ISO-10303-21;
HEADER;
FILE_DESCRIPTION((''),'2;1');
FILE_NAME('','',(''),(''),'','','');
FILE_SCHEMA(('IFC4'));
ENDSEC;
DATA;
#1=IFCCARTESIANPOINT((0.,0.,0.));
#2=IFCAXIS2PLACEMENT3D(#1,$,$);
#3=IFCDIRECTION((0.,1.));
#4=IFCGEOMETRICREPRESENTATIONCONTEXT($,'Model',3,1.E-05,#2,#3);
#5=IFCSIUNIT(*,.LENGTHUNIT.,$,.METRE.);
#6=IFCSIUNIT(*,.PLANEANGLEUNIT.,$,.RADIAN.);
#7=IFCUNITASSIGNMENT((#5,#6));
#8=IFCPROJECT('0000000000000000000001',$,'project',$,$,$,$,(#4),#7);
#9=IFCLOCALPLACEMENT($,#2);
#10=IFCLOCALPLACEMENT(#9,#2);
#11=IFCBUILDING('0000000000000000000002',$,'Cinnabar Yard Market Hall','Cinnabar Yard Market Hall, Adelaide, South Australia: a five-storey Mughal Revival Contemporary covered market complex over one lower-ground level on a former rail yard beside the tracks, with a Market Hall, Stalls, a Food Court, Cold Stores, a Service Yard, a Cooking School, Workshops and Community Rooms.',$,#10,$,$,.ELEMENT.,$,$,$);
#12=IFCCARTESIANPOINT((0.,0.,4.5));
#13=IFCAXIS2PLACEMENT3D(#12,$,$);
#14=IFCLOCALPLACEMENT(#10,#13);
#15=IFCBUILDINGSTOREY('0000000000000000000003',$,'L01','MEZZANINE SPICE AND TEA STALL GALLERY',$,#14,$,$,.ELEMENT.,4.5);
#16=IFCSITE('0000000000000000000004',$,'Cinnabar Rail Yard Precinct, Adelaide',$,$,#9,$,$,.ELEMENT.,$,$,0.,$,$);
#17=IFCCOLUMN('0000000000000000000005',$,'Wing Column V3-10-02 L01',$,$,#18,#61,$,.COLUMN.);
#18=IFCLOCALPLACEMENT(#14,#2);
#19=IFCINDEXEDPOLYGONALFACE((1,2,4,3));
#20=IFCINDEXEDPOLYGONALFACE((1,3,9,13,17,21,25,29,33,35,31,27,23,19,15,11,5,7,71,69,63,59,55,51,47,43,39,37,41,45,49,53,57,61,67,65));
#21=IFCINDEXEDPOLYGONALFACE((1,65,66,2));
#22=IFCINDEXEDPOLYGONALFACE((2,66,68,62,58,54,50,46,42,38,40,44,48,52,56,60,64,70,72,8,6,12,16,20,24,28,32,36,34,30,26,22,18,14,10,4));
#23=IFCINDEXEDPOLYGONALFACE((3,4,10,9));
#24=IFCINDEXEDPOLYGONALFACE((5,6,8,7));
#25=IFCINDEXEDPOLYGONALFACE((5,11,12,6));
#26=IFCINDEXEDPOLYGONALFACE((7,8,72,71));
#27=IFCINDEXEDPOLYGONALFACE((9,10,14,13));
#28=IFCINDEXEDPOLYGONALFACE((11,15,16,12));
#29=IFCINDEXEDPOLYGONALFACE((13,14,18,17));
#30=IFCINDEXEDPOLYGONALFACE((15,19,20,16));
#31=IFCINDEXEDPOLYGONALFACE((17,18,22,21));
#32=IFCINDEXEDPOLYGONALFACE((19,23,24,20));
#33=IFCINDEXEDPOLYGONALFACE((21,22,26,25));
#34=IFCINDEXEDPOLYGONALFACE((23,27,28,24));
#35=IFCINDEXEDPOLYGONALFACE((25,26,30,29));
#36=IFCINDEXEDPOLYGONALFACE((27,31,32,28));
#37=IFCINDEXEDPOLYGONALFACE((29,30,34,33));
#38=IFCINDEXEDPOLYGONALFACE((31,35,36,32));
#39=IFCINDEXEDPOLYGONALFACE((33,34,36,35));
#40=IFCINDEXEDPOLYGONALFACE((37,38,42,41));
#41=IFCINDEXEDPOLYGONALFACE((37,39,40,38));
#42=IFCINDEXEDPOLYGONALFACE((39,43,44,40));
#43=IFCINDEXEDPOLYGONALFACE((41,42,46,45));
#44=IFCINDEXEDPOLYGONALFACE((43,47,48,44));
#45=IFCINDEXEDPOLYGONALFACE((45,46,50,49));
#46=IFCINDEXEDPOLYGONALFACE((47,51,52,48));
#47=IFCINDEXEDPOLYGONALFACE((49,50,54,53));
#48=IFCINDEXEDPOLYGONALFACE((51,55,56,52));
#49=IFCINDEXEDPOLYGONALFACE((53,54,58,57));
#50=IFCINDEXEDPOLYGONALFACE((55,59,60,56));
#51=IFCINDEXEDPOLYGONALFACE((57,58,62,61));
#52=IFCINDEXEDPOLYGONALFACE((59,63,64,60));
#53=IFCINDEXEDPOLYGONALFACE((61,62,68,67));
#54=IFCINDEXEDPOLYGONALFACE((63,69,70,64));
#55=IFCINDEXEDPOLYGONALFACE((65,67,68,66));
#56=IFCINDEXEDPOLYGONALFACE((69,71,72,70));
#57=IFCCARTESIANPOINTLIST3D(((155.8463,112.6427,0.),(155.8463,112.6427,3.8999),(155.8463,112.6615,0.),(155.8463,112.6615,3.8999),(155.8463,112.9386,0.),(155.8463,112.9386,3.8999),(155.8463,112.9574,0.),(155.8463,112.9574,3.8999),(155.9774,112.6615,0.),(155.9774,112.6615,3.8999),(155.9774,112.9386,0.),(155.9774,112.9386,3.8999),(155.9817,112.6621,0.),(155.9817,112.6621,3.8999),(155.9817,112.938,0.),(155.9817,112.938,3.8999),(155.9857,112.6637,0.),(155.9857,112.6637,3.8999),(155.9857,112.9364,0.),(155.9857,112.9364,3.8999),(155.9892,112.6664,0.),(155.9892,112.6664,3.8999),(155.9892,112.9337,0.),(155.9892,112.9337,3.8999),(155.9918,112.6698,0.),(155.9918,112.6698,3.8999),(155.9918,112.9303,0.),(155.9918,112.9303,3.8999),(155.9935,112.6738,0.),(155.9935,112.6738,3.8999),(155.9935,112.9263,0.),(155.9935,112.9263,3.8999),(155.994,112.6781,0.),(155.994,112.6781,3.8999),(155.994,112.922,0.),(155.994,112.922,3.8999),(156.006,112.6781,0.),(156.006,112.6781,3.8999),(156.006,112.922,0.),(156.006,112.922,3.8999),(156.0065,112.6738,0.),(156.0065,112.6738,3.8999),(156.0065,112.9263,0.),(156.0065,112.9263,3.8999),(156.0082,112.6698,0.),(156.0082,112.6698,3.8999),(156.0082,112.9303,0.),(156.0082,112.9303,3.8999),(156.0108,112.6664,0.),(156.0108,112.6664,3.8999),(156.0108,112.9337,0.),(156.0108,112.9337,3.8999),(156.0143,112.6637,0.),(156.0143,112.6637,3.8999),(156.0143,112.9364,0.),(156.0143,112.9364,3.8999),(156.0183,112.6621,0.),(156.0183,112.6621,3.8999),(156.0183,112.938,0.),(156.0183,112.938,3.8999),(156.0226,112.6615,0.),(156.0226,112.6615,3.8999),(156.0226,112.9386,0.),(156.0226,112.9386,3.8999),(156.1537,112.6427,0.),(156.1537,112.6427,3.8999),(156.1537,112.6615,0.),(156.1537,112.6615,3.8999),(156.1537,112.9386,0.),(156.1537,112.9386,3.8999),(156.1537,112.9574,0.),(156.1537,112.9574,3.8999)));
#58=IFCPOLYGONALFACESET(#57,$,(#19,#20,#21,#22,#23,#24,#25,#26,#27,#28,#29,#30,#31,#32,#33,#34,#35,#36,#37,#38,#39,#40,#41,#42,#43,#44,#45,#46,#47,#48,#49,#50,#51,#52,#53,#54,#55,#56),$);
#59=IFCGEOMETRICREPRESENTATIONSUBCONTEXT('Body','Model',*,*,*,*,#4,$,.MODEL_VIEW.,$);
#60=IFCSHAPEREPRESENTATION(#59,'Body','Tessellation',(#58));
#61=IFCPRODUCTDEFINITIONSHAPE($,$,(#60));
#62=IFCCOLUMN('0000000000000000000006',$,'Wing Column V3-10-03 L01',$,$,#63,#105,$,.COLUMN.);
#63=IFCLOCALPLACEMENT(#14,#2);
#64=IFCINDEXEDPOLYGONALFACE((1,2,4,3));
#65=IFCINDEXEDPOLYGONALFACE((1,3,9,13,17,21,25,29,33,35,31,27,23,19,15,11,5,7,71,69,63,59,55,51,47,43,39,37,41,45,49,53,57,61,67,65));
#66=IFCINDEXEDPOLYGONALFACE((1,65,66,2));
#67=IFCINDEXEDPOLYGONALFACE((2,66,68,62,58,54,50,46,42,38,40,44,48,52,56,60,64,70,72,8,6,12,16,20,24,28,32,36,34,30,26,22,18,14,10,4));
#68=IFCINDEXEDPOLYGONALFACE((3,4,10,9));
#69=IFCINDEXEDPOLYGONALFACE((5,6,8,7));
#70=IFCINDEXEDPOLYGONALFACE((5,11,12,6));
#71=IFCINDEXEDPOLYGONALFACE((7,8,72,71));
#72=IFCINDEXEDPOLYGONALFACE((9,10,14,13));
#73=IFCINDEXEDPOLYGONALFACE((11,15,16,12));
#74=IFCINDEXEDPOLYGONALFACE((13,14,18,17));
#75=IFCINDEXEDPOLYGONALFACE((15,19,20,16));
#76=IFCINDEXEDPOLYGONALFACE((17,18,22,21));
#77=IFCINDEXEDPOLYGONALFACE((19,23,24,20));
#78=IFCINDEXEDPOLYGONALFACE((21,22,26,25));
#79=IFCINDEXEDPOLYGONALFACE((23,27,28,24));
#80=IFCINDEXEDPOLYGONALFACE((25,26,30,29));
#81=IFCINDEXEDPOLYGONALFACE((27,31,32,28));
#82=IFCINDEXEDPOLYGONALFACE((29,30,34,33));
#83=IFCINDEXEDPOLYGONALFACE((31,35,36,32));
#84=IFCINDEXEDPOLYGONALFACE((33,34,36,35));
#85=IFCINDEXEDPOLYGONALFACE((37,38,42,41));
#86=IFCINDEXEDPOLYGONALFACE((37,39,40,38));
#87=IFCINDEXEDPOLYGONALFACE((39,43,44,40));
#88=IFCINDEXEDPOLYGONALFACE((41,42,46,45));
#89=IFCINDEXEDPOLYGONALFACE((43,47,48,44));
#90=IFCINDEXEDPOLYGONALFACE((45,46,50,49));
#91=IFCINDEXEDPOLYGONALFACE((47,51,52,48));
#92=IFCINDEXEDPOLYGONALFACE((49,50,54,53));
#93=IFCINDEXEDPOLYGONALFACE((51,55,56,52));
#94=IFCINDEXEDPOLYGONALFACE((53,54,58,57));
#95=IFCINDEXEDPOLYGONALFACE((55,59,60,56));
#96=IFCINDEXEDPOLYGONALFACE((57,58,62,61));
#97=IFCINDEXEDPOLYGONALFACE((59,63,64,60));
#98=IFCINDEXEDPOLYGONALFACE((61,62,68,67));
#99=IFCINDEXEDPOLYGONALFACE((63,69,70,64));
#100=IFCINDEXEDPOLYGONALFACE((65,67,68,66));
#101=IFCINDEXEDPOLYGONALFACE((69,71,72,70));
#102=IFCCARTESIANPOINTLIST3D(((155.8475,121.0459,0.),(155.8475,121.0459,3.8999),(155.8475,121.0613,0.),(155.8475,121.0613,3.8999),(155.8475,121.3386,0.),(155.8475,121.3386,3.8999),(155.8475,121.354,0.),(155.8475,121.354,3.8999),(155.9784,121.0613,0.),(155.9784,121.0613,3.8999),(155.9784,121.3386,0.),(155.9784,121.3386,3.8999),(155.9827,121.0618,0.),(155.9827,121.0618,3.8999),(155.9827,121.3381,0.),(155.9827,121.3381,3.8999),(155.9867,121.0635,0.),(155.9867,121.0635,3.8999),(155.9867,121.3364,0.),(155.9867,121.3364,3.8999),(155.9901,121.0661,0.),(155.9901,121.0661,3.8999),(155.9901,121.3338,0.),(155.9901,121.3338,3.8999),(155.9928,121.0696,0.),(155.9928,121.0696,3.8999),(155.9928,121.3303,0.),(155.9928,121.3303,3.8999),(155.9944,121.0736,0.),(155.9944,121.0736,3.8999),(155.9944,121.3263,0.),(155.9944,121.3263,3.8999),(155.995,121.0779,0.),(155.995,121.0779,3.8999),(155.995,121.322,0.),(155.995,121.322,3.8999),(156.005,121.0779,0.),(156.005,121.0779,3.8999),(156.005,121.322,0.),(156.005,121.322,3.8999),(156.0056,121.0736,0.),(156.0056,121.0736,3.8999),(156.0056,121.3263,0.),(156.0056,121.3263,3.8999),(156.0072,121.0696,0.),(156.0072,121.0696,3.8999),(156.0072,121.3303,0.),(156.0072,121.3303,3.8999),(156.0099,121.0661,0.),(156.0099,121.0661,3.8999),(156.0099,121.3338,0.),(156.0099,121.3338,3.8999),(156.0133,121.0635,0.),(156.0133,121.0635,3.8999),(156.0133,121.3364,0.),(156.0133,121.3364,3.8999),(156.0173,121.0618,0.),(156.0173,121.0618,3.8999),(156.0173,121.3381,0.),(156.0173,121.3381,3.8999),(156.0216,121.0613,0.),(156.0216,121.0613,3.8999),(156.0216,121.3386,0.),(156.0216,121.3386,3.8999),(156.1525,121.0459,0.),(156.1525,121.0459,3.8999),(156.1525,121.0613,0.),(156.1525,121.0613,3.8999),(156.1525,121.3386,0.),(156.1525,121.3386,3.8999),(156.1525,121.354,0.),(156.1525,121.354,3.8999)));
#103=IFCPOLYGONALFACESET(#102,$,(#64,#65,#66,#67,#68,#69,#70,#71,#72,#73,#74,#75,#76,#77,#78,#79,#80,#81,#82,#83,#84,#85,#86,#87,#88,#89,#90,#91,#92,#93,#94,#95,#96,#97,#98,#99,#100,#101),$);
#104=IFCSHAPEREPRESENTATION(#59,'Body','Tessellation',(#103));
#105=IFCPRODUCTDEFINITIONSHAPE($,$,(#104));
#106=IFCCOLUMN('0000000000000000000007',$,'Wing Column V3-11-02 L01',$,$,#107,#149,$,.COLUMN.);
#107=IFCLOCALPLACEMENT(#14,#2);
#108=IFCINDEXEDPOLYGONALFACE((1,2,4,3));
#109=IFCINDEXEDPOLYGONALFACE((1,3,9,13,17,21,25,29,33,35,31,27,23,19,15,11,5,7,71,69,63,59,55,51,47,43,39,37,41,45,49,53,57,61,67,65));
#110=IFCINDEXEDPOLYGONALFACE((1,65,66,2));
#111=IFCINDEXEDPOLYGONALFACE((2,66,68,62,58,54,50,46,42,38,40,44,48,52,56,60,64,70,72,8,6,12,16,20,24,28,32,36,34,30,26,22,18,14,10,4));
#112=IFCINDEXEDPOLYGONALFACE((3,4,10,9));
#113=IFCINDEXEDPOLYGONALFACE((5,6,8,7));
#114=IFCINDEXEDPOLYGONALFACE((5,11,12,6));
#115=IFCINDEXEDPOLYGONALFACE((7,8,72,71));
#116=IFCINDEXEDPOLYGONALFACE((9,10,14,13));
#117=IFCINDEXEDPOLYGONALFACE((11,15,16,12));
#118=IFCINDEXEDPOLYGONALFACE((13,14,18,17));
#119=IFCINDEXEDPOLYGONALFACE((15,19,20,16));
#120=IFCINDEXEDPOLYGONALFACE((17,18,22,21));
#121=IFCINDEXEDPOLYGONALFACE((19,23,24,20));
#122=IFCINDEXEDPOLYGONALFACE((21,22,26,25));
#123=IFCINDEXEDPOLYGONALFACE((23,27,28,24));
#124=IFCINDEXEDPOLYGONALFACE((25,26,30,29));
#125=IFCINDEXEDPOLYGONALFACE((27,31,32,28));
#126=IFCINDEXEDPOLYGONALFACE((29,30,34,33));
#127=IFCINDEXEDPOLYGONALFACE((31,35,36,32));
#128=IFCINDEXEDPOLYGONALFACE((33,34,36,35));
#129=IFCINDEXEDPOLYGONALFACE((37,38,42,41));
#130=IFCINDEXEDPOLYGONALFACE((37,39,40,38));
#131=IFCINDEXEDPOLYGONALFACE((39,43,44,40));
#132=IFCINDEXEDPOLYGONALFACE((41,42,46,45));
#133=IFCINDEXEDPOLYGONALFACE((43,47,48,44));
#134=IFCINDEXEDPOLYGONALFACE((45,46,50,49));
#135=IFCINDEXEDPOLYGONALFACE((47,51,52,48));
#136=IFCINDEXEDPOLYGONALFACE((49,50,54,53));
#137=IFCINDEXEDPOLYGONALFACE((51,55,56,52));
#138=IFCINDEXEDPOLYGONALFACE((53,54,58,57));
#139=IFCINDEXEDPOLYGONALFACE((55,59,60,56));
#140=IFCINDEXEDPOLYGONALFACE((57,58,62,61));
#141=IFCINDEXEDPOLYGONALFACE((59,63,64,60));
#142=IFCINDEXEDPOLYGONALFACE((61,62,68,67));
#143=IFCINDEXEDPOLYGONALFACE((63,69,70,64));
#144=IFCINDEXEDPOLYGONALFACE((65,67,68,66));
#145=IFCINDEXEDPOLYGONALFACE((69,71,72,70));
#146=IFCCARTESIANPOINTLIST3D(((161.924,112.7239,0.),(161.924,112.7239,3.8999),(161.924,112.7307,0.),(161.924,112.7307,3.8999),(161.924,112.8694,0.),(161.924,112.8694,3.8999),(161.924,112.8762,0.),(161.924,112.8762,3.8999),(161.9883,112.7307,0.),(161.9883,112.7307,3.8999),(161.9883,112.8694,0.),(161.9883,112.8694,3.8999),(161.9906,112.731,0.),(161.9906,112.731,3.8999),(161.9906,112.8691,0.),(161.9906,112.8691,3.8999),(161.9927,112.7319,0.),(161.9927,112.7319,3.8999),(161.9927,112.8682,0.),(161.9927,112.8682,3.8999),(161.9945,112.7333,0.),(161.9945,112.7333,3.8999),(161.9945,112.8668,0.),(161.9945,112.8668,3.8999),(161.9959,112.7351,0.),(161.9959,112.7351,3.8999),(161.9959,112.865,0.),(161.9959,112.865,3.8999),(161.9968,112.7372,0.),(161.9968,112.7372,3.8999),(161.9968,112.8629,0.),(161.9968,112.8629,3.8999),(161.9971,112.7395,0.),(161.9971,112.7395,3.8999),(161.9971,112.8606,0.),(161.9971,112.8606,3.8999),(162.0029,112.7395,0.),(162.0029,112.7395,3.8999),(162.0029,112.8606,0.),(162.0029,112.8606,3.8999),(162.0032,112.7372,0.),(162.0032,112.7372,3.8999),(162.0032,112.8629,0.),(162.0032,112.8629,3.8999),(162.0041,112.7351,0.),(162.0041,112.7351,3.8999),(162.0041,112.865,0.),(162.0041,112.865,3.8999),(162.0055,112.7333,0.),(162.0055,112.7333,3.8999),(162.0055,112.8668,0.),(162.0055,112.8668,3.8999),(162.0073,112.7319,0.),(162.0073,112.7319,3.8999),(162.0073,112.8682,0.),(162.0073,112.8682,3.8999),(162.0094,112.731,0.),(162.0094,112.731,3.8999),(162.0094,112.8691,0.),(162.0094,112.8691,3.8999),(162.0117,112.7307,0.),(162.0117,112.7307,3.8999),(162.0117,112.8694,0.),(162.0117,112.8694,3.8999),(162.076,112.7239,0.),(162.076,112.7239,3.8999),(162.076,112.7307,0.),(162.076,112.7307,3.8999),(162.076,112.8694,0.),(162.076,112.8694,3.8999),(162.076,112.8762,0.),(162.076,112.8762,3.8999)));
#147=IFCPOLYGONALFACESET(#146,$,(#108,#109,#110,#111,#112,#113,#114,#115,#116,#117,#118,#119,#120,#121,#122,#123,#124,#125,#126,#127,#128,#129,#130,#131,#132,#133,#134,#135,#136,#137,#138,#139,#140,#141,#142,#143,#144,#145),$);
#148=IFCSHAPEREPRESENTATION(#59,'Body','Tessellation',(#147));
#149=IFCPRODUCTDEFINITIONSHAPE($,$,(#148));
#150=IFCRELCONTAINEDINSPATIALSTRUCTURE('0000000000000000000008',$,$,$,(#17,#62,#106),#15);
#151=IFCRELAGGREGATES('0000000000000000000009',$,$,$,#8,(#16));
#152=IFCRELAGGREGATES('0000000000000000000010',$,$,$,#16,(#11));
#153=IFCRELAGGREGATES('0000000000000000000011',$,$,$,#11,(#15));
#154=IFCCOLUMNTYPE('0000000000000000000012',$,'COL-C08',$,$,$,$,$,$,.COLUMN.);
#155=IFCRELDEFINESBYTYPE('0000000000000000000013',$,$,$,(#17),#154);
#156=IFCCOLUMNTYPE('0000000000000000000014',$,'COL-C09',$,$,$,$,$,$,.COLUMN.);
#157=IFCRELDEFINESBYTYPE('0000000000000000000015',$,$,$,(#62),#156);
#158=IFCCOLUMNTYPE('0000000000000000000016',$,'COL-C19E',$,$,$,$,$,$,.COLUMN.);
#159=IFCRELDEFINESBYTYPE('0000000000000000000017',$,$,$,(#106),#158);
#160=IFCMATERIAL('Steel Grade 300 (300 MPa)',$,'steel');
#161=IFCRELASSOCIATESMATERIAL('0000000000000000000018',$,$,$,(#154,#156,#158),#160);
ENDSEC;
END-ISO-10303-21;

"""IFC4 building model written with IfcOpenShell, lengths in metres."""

from ifc_helpers import new_model, si_unit, direction, frame, origin, origin_2d_with_axis, place, context, subcontext, project, spatial, i_section, extrude, material, material_profile, profile_set, type_object, element, save


model = new_model("IFC4")

# Units and contexts
model_context = context("Model", 3, precision=1e-05, world=origin(), true_north=direction((0.0, 1.0)))
body_context = subcontext(model_context, "Body", "Model", "MODEL_VIEW")
ifc_project = project(units=[si_unit("LENGTHUNIT", "METRE"), si_unit("PLANEANGLEUNIT", "RADIAN")], contexts=[model_context])

# Site, building, storey
site_placement = place(None, origin())
site = spatial("IfcSite", under=ifc_project, at=site_placement, Name="Cinnabar Rail Yard Precinct, Adelaide", CompositionType="ELEMENT", RefElevation=0.0)
building_placement = place(site_placement, origin())
building = spatial("IfcBuilding", under=site, at=building_placement, Name="Cinnabar Yard Market Hall", Description="Cinnabar Yard Market Hall, Adelaide, South Australia: a five-storey Mughal Revival Contemporary covered market complex over one lower-ground level on a former rail yard beside the tracks, with a Market Hall, Stalls, a Food Court, Cold Stores, a Service Yard, a Cooking School, Workshops and Community Rooms.", CompositionType="ELEMENT")
storey_placement = place(building_placement, frame((0.0, 0.0, 4.5)))
storey = spatial("IfcBuildingStorey", under=building, at=storey_placement, Name="L01", Description="MEZZANINE SPICE AND TEA STALL GALLERY", CompositionType="ELEMENT", Elevation=4.5)

# Columns
ifc_material_1 = material(Name="Steel Grade 300 (300 MPa)", Category="steel")
ifc_material_profile_1 = material_profile(ifc_material_1, i_section(OverallWidth=0.3074, OverallDepth=0.3147, WebThickness=0.012, FlangeThickness=0.0188, FilletRadius=0.0166, at=origin_2d_with_axis()), Name="310UC118")
ifc_profile_set_1 = profile_set([ifc_material_profile_1], Name="Steel Grade 300 (300 MPa)")
column_type_1 = type_object("IfcColumnType", Name="COL-C08", PredefinedType="COLUMN", material=ifc_profile_set_1)
column_1_placement = place(storey_placement, frame((156.0, 112.8, 0.0), z_axis=(0.0, 0.0, 1.0), x_axis=(1.0, 0.0, 0.0)))
element("IfcColumn", 1, at=column_1_placement, inside=storey, type_object=column_type_1, Name="Wing Column V3-10-02 L01", PredefinedType="COLUMN", context=body_context, shape_type="SweptSolid", body=[
    extrude(i_section(OverallWidth=0.3074, OverallDepth=0.3147, WebThickness=0.012, FlangeThickness=0.0188, FilletRadius=0.0166, at=origin_2d_with_axis()), origin(), (0.0, 0.0, 1.0), 3.8999),
])
ifc_material_profile_2 = material_profile(ifc_material_1, i_section(OverallWidth=0.3049, OverallDepth=0.3081, WebThickness=0.01, FlangeThickness=0.0154, FilletRadius=0.0166, at=origin_2d_with_axis()), Name="310UC96.8")
ifc_profile_set_2 = profile_set([ifc_material_profile_2], Name="Steel Grade 300 (300 MPa)")
column_type_2 = type_object("IfcColumnType", Name="COL-C09", PredefinedType="COLUMN", material=ifc_profile_set_2)
column_2_placement = place(storey_placement, frame((156.0, 121.2, 0.0), z_axis=(0.0, 0.0, 1.0), x_axis=(1.0, 0.0, 0.0)))
element("IfcColumn", 2, at=column_2_placement, inside=storey, type_object=column_type_2, Name="Wing Column V3-10-03 L01", PredefinedType="COLUMN", context=body_context, shape_type="SweptSolid", body=[
    extrude(i_section(OverallWidth=0.3049, OverallDepth=0.3081, WebThickness=0.01, FlangeThickness=0.0154, FilletRadius=0.0166, at=origin_2d_with_axis()), origin(), (0.0, 0.0, 1.0), 3.8999),
])
ifc_material_profile_3 = material_profile(ifc_material_1, i_section(OverallWidth=0.1521, OverallDepth=0.1523, WebThickness=0.0059, FlangeThickness=0.0068, FilletRadius=0.0088, at=origin_2d_with_axis()), Name="150UC23.4")
ifc_profile_set_3 = profile_set([ifc_material_profile_3], Name="Steel Grade 300 (300 MPa)")
column_type_3 = type_object("IfcColumnType", Name="COL-C19E", PredefinedType="COLUMN", material=ifc_profile_set_3)
column_3_placement = place(storey_placement, frame((162.0, 112.8, 0.0), z_axis=(0.0, 0.0, 1.0), x_axis=(1.0, 0.0, 0.0)))
element("IfcColumn", 3, at=column_3_placement, inside=storey, type_object=column_type_3, Name="Wing Column V3-11-02 L01", PredefinedType="COLUMN", context=body_context, shape_type="SweptSolid", body=[
    extrude(i_section(OverallWidth=0.1521, OverallDepth=0.1523, WebThickness=0.0059, FlangeThickness=0.0068, FilletRadius=0.0088, at=origin_2d_with_axis()), origin(), (0.0, 0.0, 1.0), 3.8999),
])

save(model, "model.ifc")
